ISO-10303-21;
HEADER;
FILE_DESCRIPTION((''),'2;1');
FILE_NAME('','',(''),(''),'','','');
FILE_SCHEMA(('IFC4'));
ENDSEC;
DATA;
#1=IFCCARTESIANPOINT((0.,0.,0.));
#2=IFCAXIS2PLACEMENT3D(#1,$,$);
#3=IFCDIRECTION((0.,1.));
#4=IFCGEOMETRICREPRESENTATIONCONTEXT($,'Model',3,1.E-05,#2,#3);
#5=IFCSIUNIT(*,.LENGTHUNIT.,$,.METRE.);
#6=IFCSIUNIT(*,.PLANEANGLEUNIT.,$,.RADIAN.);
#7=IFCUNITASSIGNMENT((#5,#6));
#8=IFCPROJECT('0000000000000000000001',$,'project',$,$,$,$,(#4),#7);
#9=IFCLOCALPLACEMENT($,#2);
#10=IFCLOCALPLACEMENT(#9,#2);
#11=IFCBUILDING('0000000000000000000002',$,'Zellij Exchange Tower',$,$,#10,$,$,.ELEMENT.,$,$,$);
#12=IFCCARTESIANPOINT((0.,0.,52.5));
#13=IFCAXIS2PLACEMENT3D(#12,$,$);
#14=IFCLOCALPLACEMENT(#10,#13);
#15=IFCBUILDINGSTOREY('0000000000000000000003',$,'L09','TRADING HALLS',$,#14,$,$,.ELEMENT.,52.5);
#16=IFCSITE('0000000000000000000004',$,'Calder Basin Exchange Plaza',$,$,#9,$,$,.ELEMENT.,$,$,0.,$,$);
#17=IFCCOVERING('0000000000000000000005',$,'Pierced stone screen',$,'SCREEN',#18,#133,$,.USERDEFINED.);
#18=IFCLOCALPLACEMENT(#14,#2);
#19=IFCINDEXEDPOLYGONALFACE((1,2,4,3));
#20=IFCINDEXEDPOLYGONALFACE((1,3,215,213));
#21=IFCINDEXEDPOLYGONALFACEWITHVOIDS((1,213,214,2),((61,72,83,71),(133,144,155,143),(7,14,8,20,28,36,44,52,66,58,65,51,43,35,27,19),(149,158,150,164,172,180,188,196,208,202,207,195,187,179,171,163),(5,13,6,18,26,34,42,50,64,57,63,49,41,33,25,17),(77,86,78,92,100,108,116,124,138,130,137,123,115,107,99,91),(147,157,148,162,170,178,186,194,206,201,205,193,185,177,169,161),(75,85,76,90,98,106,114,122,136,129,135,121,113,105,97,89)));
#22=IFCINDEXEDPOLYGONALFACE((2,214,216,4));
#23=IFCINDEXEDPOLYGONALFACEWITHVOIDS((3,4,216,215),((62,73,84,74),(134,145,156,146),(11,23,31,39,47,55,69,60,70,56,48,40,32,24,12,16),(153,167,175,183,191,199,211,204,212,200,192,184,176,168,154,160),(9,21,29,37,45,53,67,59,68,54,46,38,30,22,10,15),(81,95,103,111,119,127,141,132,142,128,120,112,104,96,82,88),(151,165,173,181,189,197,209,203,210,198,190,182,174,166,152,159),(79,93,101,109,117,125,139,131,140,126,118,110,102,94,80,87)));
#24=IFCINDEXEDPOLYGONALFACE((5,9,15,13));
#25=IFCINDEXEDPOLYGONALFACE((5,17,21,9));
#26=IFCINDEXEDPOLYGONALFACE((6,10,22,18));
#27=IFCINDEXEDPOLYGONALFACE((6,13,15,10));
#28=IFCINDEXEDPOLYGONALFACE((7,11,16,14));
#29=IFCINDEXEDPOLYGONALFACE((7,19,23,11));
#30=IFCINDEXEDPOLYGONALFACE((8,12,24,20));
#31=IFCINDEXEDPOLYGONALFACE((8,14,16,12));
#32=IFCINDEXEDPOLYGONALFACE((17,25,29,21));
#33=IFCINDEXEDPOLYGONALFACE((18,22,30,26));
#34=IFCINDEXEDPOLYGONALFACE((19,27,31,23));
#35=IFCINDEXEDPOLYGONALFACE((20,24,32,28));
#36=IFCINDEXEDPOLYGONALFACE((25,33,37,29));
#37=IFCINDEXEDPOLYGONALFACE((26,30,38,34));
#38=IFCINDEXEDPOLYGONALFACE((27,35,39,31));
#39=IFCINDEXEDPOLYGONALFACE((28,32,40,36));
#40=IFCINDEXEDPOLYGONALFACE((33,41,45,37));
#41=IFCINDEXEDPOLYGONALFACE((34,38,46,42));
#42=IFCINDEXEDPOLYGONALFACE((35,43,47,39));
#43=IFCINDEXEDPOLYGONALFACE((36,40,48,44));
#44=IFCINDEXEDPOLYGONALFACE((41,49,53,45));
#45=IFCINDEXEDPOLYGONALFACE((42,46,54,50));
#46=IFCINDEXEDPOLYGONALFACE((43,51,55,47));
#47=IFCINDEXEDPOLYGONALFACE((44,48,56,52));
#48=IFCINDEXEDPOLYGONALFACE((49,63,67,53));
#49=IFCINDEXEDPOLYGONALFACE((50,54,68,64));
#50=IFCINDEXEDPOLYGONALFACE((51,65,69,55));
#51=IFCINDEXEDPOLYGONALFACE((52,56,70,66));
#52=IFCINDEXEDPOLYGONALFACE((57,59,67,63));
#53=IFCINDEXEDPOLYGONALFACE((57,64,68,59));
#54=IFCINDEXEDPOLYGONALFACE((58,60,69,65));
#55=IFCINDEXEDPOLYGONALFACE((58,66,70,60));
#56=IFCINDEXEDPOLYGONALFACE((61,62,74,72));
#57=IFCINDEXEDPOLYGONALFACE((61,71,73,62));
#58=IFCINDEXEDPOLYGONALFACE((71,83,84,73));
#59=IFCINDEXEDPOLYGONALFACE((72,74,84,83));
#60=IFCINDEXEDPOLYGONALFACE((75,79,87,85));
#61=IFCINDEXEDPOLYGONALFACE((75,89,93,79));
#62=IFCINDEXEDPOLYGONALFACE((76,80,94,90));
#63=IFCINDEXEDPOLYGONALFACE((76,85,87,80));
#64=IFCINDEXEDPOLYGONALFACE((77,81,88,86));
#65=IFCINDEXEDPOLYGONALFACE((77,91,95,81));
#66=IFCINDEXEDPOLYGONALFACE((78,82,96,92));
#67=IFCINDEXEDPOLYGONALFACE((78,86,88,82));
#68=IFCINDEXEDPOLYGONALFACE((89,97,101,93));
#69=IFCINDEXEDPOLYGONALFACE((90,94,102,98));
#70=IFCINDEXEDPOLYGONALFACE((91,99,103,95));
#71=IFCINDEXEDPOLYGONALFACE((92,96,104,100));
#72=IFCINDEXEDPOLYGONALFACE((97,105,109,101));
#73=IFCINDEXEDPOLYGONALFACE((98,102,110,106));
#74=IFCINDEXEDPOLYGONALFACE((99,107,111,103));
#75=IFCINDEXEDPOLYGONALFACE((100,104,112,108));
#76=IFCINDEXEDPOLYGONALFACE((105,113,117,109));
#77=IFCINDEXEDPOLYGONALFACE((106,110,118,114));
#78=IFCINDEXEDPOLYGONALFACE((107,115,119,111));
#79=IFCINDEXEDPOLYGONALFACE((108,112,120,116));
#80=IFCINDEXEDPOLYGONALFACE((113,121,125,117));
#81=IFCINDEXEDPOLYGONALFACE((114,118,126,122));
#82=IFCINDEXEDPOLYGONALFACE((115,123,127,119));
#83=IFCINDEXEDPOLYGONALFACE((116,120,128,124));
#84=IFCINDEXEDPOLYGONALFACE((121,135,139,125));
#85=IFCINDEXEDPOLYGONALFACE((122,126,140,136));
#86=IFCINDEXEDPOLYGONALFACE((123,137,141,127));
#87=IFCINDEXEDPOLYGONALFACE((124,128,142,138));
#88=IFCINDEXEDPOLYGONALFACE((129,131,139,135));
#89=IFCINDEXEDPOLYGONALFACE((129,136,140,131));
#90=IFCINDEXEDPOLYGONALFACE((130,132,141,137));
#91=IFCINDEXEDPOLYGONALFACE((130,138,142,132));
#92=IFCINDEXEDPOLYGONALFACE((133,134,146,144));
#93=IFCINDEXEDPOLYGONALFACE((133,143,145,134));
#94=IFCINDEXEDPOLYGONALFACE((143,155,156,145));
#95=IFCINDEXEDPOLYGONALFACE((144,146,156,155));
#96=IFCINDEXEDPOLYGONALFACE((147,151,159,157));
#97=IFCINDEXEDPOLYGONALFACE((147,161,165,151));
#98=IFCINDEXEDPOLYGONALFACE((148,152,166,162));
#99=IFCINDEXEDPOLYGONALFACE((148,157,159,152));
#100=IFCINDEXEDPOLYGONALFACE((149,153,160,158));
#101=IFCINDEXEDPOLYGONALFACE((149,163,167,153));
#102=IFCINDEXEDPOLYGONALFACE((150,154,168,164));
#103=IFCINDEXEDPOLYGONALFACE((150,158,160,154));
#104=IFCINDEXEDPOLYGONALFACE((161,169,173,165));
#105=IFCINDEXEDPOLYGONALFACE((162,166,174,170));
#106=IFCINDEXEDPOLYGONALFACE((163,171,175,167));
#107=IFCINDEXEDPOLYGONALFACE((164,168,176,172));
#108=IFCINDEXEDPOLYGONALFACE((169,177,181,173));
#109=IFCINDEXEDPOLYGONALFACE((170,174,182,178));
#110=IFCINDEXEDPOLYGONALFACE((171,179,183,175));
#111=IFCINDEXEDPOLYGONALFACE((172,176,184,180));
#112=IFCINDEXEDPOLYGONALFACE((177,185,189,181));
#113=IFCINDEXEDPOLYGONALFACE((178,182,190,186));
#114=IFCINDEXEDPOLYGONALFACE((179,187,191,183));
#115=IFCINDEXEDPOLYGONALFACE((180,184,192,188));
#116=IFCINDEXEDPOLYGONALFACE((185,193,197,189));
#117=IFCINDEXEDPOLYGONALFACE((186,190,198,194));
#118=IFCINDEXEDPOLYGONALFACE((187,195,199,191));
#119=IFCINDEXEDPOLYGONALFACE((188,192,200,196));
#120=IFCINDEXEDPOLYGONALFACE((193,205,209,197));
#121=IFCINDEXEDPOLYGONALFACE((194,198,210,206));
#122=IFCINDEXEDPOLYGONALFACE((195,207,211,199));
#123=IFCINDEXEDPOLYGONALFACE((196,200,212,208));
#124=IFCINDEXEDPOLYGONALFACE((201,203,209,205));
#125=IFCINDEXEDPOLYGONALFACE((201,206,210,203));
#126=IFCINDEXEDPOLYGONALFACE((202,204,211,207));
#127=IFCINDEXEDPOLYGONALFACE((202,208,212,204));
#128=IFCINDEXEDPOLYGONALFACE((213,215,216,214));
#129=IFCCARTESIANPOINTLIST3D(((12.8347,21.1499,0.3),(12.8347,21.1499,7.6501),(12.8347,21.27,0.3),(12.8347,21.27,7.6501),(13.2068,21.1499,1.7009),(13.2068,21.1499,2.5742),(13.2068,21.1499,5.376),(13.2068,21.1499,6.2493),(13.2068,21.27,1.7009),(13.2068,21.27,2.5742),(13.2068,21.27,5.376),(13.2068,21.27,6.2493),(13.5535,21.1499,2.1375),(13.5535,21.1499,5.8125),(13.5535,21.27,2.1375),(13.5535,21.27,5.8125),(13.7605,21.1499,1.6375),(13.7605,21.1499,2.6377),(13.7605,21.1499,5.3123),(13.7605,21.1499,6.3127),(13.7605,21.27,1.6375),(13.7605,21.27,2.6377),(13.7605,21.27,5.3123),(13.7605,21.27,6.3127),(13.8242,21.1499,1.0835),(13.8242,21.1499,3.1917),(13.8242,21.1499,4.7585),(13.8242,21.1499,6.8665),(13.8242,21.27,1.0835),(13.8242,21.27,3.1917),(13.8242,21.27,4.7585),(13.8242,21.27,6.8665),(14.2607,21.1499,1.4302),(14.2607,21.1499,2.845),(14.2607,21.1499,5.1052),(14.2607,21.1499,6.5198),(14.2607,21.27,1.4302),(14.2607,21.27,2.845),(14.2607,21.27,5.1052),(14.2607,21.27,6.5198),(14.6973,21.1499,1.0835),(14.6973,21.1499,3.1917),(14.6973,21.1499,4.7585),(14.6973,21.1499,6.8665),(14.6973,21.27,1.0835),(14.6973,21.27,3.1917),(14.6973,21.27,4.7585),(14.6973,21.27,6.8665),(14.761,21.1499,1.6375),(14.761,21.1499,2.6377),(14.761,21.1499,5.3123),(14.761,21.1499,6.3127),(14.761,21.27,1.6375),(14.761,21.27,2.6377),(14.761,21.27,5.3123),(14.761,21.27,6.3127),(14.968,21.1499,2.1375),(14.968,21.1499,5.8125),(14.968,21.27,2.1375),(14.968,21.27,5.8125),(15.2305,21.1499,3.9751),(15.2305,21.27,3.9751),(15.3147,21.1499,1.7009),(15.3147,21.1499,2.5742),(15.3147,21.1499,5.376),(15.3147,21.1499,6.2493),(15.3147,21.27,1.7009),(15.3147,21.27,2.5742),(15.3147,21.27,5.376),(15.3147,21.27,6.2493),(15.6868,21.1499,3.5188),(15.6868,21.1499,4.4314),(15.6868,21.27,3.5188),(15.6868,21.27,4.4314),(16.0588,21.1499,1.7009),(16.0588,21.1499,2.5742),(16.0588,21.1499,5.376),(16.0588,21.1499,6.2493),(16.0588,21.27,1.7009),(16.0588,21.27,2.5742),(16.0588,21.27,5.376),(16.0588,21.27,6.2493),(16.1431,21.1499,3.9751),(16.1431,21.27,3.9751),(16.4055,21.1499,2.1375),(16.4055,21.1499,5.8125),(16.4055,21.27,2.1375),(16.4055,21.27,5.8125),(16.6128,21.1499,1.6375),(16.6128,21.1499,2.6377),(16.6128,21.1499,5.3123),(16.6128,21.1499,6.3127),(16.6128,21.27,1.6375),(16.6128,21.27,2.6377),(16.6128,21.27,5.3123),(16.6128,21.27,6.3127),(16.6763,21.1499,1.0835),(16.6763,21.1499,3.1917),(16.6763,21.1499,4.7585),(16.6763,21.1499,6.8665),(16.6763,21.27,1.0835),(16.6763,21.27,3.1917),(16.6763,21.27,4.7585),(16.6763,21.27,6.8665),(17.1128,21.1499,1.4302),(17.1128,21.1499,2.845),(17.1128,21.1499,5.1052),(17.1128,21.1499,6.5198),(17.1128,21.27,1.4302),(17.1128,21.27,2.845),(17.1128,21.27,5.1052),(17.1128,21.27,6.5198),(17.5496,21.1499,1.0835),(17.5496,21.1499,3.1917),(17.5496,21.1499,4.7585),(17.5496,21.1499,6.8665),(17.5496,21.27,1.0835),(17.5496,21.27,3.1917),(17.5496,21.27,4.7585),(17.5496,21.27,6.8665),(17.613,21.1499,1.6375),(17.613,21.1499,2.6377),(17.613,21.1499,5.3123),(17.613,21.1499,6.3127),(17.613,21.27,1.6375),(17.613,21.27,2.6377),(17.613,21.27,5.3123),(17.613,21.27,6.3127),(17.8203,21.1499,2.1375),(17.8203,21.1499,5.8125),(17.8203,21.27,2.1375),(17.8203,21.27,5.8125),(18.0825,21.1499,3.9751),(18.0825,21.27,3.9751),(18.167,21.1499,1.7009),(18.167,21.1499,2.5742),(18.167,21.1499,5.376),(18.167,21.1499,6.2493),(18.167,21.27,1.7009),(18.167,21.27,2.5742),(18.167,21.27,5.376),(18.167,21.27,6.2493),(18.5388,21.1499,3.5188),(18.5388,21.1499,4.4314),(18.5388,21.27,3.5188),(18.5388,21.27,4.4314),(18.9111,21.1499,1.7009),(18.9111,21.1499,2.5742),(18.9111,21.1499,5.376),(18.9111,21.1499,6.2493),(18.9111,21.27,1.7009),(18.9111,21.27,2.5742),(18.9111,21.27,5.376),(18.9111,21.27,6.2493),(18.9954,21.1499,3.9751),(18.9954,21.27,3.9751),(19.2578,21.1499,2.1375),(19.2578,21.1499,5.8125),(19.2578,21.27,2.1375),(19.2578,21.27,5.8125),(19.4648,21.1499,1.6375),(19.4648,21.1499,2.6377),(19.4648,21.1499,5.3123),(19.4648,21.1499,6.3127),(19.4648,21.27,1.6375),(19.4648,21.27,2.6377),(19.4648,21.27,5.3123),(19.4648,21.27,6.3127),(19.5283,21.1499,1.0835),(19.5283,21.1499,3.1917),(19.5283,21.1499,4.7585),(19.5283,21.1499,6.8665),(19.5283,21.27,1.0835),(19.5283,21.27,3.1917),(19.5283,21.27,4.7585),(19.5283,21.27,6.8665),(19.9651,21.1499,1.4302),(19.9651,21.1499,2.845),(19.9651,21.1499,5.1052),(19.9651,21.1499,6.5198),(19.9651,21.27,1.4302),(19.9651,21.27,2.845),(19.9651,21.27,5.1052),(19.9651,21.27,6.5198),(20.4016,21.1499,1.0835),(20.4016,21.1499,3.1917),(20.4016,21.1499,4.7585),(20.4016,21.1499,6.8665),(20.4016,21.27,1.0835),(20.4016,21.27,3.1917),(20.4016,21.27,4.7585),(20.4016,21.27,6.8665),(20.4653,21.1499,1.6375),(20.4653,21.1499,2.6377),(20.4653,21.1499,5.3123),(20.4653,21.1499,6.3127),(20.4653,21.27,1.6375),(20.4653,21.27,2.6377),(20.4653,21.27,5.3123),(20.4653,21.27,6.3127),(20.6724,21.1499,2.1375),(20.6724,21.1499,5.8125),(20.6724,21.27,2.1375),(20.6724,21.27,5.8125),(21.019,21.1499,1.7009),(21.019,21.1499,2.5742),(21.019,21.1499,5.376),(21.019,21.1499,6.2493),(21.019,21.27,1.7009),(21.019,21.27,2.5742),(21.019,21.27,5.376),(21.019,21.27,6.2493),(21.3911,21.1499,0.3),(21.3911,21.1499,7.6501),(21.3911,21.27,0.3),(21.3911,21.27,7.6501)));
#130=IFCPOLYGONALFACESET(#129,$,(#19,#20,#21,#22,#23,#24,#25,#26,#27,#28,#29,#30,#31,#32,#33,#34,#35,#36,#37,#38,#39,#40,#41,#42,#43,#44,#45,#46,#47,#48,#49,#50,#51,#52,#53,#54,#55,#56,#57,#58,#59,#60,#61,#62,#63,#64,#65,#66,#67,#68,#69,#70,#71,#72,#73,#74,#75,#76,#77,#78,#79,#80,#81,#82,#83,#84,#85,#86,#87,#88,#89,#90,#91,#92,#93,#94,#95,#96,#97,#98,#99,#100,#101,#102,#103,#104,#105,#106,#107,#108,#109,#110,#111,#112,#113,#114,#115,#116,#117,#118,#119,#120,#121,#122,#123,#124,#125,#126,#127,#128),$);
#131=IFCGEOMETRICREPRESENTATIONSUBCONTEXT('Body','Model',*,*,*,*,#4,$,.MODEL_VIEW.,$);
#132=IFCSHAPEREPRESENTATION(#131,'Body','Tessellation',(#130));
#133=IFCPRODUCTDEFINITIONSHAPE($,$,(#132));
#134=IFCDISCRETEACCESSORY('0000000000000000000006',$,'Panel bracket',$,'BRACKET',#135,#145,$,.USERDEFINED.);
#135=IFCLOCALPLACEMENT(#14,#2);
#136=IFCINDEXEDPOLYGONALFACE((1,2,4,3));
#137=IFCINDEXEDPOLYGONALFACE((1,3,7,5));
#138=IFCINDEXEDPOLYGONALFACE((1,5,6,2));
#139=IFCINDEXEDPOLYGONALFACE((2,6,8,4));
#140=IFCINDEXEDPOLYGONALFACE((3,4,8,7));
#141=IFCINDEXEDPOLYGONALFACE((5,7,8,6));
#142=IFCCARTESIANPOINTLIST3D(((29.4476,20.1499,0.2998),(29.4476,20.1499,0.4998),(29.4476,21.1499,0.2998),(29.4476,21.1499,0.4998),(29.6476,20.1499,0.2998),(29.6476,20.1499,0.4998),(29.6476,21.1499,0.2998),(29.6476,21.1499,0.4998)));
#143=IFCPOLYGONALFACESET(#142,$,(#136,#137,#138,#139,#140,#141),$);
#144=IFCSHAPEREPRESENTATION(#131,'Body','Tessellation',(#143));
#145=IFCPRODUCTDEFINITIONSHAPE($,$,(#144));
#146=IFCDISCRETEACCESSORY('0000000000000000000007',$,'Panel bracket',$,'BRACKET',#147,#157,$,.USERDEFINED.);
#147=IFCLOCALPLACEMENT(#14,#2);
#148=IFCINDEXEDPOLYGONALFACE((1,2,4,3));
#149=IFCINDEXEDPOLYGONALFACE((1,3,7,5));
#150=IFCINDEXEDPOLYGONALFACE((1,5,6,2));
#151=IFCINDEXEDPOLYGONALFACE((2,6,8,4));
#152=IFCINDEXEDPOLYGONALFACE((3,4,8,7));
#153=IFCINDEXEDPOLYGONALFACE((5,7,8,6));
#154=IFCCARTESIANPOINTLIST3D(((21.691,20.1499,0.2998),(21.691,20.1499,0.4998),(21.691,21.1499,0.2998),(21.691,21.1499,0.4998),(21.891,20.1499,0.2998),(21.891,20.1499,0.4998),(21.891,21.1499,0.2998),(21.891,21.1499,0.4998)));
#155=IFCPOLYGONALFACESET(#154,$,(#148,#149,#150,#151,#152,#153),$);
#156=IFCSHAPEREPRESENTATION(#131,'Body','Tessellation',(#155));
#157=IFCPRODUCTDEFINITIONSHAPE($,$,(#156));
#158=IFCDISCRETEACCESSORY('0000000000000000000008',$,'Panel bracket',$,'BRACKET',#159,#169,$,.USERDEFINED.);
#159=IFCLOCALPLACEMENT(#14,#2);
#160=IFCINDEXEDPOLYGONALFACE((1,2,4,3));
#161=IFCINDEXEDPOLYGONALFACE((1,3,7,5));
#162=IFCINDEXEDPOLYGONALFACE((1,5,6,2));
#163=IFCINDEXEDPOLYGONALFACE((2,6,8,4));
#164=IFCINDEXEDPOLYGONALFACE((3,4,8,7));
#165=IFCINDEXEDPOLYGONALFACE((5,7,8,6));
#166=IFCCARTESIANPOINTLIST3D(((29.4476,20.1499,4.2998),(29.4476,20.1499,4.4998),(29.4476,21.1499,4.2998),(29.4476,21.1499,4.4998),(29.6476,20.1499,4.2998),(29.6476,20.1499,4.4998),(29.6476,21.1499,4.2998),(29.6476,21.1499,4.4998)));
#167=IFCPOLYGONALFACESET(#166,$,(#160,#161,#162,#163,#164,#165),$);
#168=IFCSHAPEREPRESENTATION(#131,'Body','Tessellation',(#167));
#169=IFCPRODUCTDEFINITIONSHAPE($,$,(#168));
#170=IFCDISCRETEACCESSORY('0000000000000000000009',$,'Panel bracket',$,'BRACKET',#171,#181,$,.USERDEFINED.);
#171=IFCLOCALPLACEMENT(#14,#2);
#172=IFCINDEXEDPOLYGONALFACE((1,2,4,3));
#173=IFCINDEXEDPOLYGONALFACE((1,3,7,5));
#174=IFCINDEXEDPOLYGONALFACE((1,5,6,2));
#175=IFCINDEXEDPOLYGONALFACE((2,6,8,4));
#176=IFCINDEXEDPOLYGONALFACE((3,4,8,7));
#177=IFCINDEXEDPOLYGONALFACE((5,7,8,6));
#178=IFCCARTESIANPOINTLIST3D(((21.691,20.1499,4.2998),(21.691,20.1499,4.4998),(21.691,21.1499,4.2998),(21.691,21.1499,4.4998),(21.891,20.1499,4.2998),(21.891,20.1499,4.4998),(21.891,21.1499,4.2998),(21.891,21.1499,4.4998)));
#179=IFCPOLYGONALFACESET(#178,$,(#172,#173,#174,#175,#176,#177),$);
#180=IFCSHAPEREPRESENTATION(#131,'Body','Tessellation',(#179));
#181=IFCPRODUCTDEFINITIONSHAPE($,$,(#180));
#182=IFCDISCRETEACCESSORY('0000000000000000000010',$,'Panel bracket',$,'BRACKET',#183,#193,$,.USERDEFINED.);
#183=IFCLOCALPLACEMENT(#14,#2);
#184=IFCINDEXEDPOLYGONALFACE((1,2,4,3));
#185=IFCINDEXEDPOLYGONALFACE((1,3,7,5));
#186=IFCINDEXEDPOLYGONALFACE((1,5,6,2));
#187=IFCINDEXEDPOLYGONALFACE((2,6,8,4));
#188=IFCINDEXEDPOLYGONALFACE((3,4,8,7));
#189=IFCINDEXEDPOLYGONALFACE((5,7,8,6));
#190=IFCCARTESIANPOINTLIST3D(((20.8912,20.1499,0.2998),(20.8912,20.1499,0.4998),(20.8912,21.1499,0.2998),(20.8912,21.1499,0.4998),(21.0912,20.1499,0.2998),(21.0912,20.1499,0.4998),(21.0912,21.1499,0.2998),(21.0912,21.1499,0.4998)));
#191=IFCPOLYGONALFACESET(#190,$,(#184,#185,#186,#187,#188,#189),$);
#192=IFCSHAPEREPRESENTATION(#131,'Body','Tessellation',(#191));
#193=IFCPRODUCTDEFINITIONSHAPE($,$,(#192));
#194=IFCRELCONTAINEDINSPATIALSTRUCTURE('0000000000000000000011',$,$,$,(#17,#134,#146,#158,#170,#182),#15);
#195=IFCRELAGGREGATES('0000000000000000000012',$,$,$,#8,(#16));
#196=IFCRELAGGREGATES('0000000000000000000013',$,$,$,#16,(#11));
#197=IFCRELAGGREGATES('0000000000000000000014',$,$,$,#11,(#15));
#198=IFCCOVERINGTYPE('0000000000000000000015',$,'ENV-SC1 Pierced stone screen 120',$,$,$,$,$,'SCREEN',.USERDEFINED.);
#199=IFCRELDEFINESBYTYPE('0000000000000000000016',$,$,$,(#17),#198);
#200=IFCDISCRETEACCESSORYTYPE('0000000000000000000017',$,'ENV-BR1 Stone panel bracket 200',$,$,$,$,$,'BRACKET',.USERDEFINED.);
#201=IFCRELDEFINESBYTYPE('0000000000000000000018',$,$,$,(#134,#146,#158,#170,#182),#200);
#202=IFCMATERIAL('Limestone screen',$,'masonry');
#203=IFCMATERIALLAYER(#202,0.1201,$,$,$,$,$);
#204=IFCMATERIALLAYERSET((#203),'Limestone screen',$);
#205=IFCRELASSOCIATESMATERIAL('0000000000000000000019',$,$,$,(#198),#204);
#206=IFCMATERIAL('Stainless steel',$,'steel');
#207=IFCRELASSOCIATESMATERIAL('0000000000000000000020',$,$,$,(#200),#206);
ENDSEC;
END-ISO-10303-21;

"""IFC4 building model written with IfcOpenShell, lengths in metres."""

from ifc_helpers import new_model, si_unit, direction, frame, origin, origin_2d, place, context, subcontext, project, spatial, polyline, rectangle, outline, extrude, material, layer, layer_set, type_object, element, save


model = new_model("IFC4")

# Units and contexts
model_context = context("Model", 3, precision=1e-05, world=origin(), true_north=direction((0.0, 1.0)))
body_context = subcontext(model_context, "Body", "Model", "MODEL_VIEW")
ifc_project = project(units=[si_unit("LENGTHUNIT", "METRE"), si_unit("PLANEANGLEUNIT", "RADIAN")], contexts=[model_context])

# Site, building, storey
site_placement = place(None, origin())
site = spatial("IfcSite", under=ifc_project, at=site_placement, Name="Calder Basin Exchange Plaza", CompositionType="ELEMENT", RefElevation=0.0)
building_placement = place(site_placement, origin())
building = spatial("IfcBuilding", under=site, at=building_placement, Name="Zellij Exchange Tower", CompositionType="ELEMENT")
storey_placement = place(building_placement, frame((0.0, 0.0, 52.5)))
storey = spatial("IfcBuildingStorey", under=building, at=storey_placement, Name="L09", Description="TRADING HALLS", CompositionType="ELEMENT", Elevation=52.5)

# Covering
ifc_material_1 = material(Name="Limestone screen", Category="masonry")
ifc_layer_1 = layer(ifc_material_1, 0.1201)
ifc_layer_set_1 = layer_set([ifc_layer_1], Name="Limestone screen")
covering_type = type_object("IfcCoveringType", Name="ENV-SC1 Pierced stone screen 120", ElementType="SCREEN", PredefinedType="USERDEFINED", material=ifc_layer_set_1)
covering_1_placement = place(storey_placement, frame((21.3911, 21.21, 0.3), z_axis=(0.0, 0.0, 1.0), x_axis=(-1.0, 0.0, 0.0)))
element("IfcCovering", 1, at=covering_1_placement, inside=storey, type_object=covering_type, Name="Pierced stone screen", ObjectType="SCREEN", PredefinedType="USERDEFINED", context=body_context, shape_type="SweptSolid", body=[
    extrude(outline(polyline([(0.0, 0.0), (8.5564, 0.0), (8.5564, 7.3501), (0.0, 7.3501), (0.0, 0.0)]), holes=[polyline([(2.48, 2.2742), (1.9263, 2.3376), (1.8628, 2.8916), (1.426, 2.5449), (0.9895, 2.8916), (0.9258, 2.3376), (0.3721, 2.2742), (0.7188, 1.8374), (0.3721, 1.4009), (0.9258, 1.3374), (0.9895, 0.7834), (1.426, 1.1301), (1.8628, 0.7834), (1.9263, 1.3374), (2.48, 1.4009), (2.1333, 1.8374), (2.48, 2.2742)]), polyline([(2.48, 5.9492), (1.9263, 6.0127), (1.8628, 6.5664), (1.426, 6.2197), (0.9895, 6.5664), (0.9258, 6.0127), (0.3721, 5.9492), (0.7188, 5.5125), (0.3721, 5.0759), (0.9258, 5.0122), (0.9895, 4.4585), (1.426, 4.8052), (1.8628, 4.4585), (1.9263, 5.0122), (2.48, 5.0759), (2.1333, 5.5125), (2.48, 5.9492)]), polyline([(5.3323, 2.2742), (4.7783, 2.3376), (4.7148, 2.8916), (4.2783, 2.5449), (3.8416, 2.8916), (3.7781, 2.3376), (3.2241, 2.2742), (3.5708, 1.8374), (3.2241, 1.4009), (3.7781, 1.3374), (3.8416, 0.7834), (4.2783, 1.1301), (4.7148, 0.7834), (4.7783, 1.3374), (5.3323, 1.4009), (4.9856, 1.8374), (5.3323, 2.2742)]), polyline([(5.3323, 5.9492), (4.7783, 6.0127), (4.7148, 6.5664), (4.2783, 6.2197), (3.8416, 6.5664), (3.7781, 6.0127), (3.2241, 5.9492), (3.5708, 5.5125), (3.2241, 5.0759), (3.7781, 5.0122), (3.8416, 4.4585), (4.2783, 4.8052), (4.7148, 4.4585), (4.7783, 5.0122), (5.3323, 5.0759), (4.9856, 5.5125), (5.3323, 5.9492)]), polyline([(8.1843, 2.2742), (7.6306, 2.3376), (7.5669, 2.8916), (7.1304, 2.5449), (6.6938, 2.8916), (6.6301, 2.3376), (6.0764, 2.2742), (6.4231, 1.8374), (6.0764, 1.4009), (6.6301, 1.3374), (6.6938, 0.7834), (7.1304, 1.1301), (7.5669, 0.7834), (7.6306, 1.3374), (8.1843, 1.4009), (7.8376, 1.8374), (8.1843, 2.2742)]), polyline([(8.1843, 5.9492), (7.6306, 6.0127), (7.5669, 6.5664), (7.1304, 6.2197), (6.6938, 6.5664), (6.6301, 6.0127), (6.0764, 5.9492), (6.4231, 5.5125), (6.0764, 5.0759), (6.6301, 5.0122), (6.6938, 4.4585), (7.1304, 4.8052), (7.5669, 4.4585), (7.6306, 5.0122), (8.1843, 5.0759), (7.8376, 5.5125), (8.1843, 5.9492)]), polyline([(3.3086, 3.675), (2.8523, 4.1313), (2.3958, 3.675), (2.8523, 3.2188), (3.3086, 3.675)]), polyline([(6.1606, 3.675), (5.7043, 4.1313), (5.248, 3.675), (5.7043, 3.2188), (6.1606, 3.675)])]), frame((0.0, 0.0601, 0.0), z_axis=(0.0, -1.0, 0.0), x_axis=(1.0, 0.0, 0.0)), (0.0, 0.0, 1.0), 0.1201),
])

# Discrete accessories
ifc_material_2 = material(Name="Stainless steel", Category="steel")
discrete_accessory_type = type_object("IfcDiscreteAccessoryType", Name="ENV-BR1 Stone panel bracket 200", ElementType="BRACKET", PredefinedType="USERDEFINED", material=ifc_material_2)
for number, where, z_axis, x_axis, name in (
    (2, (29.5476, 20.6499, 0.2998), (0.0, 0.0, 1.0), (-1.0, 0.0, 0.0), "Panel bracket"),
    (3, (21.791, 20.6499, 0.2998), (0.0, 0.0, 1.0), (-1.0, 0.0, 0.0), "Panel bracket"),
    (4, (29.5476, 20.6499, 4.2998), (0.0, 0.0, 1.0), (-1.0, 0.0, 0.0), "Panel bracket"),
    (5, (21.791, 20.6499, 4.2998), (0.0, 0.0, 1.0), (-1.0, 0.0, 0.0), "Panel bracket"),
    (6, (20.9912, 20.6499, 0.2998), (0.0, 0.0, 1.0), (-1.0, 0.0, 0.0), "Panel bracket"),
):
    element("IfcDiscreteAccessory", number, at=place(storey_placement, frame(where, z_axis=z_axis, x_axis=x_axis)), inside=storey, type_object=discrete_accessory_type, Name=name, ObjectType="BRACKET", PredefinedType="USERDEFINED", context=body_context, shape_type="SweptSolid", body=[
        extrude(rectangle(XDim=0.2, YDim=1.0, at=origin_2d()), origin(), (0.0, 0.0, 1.0), 0.2),
    ])

save(model, "model.ifc")
